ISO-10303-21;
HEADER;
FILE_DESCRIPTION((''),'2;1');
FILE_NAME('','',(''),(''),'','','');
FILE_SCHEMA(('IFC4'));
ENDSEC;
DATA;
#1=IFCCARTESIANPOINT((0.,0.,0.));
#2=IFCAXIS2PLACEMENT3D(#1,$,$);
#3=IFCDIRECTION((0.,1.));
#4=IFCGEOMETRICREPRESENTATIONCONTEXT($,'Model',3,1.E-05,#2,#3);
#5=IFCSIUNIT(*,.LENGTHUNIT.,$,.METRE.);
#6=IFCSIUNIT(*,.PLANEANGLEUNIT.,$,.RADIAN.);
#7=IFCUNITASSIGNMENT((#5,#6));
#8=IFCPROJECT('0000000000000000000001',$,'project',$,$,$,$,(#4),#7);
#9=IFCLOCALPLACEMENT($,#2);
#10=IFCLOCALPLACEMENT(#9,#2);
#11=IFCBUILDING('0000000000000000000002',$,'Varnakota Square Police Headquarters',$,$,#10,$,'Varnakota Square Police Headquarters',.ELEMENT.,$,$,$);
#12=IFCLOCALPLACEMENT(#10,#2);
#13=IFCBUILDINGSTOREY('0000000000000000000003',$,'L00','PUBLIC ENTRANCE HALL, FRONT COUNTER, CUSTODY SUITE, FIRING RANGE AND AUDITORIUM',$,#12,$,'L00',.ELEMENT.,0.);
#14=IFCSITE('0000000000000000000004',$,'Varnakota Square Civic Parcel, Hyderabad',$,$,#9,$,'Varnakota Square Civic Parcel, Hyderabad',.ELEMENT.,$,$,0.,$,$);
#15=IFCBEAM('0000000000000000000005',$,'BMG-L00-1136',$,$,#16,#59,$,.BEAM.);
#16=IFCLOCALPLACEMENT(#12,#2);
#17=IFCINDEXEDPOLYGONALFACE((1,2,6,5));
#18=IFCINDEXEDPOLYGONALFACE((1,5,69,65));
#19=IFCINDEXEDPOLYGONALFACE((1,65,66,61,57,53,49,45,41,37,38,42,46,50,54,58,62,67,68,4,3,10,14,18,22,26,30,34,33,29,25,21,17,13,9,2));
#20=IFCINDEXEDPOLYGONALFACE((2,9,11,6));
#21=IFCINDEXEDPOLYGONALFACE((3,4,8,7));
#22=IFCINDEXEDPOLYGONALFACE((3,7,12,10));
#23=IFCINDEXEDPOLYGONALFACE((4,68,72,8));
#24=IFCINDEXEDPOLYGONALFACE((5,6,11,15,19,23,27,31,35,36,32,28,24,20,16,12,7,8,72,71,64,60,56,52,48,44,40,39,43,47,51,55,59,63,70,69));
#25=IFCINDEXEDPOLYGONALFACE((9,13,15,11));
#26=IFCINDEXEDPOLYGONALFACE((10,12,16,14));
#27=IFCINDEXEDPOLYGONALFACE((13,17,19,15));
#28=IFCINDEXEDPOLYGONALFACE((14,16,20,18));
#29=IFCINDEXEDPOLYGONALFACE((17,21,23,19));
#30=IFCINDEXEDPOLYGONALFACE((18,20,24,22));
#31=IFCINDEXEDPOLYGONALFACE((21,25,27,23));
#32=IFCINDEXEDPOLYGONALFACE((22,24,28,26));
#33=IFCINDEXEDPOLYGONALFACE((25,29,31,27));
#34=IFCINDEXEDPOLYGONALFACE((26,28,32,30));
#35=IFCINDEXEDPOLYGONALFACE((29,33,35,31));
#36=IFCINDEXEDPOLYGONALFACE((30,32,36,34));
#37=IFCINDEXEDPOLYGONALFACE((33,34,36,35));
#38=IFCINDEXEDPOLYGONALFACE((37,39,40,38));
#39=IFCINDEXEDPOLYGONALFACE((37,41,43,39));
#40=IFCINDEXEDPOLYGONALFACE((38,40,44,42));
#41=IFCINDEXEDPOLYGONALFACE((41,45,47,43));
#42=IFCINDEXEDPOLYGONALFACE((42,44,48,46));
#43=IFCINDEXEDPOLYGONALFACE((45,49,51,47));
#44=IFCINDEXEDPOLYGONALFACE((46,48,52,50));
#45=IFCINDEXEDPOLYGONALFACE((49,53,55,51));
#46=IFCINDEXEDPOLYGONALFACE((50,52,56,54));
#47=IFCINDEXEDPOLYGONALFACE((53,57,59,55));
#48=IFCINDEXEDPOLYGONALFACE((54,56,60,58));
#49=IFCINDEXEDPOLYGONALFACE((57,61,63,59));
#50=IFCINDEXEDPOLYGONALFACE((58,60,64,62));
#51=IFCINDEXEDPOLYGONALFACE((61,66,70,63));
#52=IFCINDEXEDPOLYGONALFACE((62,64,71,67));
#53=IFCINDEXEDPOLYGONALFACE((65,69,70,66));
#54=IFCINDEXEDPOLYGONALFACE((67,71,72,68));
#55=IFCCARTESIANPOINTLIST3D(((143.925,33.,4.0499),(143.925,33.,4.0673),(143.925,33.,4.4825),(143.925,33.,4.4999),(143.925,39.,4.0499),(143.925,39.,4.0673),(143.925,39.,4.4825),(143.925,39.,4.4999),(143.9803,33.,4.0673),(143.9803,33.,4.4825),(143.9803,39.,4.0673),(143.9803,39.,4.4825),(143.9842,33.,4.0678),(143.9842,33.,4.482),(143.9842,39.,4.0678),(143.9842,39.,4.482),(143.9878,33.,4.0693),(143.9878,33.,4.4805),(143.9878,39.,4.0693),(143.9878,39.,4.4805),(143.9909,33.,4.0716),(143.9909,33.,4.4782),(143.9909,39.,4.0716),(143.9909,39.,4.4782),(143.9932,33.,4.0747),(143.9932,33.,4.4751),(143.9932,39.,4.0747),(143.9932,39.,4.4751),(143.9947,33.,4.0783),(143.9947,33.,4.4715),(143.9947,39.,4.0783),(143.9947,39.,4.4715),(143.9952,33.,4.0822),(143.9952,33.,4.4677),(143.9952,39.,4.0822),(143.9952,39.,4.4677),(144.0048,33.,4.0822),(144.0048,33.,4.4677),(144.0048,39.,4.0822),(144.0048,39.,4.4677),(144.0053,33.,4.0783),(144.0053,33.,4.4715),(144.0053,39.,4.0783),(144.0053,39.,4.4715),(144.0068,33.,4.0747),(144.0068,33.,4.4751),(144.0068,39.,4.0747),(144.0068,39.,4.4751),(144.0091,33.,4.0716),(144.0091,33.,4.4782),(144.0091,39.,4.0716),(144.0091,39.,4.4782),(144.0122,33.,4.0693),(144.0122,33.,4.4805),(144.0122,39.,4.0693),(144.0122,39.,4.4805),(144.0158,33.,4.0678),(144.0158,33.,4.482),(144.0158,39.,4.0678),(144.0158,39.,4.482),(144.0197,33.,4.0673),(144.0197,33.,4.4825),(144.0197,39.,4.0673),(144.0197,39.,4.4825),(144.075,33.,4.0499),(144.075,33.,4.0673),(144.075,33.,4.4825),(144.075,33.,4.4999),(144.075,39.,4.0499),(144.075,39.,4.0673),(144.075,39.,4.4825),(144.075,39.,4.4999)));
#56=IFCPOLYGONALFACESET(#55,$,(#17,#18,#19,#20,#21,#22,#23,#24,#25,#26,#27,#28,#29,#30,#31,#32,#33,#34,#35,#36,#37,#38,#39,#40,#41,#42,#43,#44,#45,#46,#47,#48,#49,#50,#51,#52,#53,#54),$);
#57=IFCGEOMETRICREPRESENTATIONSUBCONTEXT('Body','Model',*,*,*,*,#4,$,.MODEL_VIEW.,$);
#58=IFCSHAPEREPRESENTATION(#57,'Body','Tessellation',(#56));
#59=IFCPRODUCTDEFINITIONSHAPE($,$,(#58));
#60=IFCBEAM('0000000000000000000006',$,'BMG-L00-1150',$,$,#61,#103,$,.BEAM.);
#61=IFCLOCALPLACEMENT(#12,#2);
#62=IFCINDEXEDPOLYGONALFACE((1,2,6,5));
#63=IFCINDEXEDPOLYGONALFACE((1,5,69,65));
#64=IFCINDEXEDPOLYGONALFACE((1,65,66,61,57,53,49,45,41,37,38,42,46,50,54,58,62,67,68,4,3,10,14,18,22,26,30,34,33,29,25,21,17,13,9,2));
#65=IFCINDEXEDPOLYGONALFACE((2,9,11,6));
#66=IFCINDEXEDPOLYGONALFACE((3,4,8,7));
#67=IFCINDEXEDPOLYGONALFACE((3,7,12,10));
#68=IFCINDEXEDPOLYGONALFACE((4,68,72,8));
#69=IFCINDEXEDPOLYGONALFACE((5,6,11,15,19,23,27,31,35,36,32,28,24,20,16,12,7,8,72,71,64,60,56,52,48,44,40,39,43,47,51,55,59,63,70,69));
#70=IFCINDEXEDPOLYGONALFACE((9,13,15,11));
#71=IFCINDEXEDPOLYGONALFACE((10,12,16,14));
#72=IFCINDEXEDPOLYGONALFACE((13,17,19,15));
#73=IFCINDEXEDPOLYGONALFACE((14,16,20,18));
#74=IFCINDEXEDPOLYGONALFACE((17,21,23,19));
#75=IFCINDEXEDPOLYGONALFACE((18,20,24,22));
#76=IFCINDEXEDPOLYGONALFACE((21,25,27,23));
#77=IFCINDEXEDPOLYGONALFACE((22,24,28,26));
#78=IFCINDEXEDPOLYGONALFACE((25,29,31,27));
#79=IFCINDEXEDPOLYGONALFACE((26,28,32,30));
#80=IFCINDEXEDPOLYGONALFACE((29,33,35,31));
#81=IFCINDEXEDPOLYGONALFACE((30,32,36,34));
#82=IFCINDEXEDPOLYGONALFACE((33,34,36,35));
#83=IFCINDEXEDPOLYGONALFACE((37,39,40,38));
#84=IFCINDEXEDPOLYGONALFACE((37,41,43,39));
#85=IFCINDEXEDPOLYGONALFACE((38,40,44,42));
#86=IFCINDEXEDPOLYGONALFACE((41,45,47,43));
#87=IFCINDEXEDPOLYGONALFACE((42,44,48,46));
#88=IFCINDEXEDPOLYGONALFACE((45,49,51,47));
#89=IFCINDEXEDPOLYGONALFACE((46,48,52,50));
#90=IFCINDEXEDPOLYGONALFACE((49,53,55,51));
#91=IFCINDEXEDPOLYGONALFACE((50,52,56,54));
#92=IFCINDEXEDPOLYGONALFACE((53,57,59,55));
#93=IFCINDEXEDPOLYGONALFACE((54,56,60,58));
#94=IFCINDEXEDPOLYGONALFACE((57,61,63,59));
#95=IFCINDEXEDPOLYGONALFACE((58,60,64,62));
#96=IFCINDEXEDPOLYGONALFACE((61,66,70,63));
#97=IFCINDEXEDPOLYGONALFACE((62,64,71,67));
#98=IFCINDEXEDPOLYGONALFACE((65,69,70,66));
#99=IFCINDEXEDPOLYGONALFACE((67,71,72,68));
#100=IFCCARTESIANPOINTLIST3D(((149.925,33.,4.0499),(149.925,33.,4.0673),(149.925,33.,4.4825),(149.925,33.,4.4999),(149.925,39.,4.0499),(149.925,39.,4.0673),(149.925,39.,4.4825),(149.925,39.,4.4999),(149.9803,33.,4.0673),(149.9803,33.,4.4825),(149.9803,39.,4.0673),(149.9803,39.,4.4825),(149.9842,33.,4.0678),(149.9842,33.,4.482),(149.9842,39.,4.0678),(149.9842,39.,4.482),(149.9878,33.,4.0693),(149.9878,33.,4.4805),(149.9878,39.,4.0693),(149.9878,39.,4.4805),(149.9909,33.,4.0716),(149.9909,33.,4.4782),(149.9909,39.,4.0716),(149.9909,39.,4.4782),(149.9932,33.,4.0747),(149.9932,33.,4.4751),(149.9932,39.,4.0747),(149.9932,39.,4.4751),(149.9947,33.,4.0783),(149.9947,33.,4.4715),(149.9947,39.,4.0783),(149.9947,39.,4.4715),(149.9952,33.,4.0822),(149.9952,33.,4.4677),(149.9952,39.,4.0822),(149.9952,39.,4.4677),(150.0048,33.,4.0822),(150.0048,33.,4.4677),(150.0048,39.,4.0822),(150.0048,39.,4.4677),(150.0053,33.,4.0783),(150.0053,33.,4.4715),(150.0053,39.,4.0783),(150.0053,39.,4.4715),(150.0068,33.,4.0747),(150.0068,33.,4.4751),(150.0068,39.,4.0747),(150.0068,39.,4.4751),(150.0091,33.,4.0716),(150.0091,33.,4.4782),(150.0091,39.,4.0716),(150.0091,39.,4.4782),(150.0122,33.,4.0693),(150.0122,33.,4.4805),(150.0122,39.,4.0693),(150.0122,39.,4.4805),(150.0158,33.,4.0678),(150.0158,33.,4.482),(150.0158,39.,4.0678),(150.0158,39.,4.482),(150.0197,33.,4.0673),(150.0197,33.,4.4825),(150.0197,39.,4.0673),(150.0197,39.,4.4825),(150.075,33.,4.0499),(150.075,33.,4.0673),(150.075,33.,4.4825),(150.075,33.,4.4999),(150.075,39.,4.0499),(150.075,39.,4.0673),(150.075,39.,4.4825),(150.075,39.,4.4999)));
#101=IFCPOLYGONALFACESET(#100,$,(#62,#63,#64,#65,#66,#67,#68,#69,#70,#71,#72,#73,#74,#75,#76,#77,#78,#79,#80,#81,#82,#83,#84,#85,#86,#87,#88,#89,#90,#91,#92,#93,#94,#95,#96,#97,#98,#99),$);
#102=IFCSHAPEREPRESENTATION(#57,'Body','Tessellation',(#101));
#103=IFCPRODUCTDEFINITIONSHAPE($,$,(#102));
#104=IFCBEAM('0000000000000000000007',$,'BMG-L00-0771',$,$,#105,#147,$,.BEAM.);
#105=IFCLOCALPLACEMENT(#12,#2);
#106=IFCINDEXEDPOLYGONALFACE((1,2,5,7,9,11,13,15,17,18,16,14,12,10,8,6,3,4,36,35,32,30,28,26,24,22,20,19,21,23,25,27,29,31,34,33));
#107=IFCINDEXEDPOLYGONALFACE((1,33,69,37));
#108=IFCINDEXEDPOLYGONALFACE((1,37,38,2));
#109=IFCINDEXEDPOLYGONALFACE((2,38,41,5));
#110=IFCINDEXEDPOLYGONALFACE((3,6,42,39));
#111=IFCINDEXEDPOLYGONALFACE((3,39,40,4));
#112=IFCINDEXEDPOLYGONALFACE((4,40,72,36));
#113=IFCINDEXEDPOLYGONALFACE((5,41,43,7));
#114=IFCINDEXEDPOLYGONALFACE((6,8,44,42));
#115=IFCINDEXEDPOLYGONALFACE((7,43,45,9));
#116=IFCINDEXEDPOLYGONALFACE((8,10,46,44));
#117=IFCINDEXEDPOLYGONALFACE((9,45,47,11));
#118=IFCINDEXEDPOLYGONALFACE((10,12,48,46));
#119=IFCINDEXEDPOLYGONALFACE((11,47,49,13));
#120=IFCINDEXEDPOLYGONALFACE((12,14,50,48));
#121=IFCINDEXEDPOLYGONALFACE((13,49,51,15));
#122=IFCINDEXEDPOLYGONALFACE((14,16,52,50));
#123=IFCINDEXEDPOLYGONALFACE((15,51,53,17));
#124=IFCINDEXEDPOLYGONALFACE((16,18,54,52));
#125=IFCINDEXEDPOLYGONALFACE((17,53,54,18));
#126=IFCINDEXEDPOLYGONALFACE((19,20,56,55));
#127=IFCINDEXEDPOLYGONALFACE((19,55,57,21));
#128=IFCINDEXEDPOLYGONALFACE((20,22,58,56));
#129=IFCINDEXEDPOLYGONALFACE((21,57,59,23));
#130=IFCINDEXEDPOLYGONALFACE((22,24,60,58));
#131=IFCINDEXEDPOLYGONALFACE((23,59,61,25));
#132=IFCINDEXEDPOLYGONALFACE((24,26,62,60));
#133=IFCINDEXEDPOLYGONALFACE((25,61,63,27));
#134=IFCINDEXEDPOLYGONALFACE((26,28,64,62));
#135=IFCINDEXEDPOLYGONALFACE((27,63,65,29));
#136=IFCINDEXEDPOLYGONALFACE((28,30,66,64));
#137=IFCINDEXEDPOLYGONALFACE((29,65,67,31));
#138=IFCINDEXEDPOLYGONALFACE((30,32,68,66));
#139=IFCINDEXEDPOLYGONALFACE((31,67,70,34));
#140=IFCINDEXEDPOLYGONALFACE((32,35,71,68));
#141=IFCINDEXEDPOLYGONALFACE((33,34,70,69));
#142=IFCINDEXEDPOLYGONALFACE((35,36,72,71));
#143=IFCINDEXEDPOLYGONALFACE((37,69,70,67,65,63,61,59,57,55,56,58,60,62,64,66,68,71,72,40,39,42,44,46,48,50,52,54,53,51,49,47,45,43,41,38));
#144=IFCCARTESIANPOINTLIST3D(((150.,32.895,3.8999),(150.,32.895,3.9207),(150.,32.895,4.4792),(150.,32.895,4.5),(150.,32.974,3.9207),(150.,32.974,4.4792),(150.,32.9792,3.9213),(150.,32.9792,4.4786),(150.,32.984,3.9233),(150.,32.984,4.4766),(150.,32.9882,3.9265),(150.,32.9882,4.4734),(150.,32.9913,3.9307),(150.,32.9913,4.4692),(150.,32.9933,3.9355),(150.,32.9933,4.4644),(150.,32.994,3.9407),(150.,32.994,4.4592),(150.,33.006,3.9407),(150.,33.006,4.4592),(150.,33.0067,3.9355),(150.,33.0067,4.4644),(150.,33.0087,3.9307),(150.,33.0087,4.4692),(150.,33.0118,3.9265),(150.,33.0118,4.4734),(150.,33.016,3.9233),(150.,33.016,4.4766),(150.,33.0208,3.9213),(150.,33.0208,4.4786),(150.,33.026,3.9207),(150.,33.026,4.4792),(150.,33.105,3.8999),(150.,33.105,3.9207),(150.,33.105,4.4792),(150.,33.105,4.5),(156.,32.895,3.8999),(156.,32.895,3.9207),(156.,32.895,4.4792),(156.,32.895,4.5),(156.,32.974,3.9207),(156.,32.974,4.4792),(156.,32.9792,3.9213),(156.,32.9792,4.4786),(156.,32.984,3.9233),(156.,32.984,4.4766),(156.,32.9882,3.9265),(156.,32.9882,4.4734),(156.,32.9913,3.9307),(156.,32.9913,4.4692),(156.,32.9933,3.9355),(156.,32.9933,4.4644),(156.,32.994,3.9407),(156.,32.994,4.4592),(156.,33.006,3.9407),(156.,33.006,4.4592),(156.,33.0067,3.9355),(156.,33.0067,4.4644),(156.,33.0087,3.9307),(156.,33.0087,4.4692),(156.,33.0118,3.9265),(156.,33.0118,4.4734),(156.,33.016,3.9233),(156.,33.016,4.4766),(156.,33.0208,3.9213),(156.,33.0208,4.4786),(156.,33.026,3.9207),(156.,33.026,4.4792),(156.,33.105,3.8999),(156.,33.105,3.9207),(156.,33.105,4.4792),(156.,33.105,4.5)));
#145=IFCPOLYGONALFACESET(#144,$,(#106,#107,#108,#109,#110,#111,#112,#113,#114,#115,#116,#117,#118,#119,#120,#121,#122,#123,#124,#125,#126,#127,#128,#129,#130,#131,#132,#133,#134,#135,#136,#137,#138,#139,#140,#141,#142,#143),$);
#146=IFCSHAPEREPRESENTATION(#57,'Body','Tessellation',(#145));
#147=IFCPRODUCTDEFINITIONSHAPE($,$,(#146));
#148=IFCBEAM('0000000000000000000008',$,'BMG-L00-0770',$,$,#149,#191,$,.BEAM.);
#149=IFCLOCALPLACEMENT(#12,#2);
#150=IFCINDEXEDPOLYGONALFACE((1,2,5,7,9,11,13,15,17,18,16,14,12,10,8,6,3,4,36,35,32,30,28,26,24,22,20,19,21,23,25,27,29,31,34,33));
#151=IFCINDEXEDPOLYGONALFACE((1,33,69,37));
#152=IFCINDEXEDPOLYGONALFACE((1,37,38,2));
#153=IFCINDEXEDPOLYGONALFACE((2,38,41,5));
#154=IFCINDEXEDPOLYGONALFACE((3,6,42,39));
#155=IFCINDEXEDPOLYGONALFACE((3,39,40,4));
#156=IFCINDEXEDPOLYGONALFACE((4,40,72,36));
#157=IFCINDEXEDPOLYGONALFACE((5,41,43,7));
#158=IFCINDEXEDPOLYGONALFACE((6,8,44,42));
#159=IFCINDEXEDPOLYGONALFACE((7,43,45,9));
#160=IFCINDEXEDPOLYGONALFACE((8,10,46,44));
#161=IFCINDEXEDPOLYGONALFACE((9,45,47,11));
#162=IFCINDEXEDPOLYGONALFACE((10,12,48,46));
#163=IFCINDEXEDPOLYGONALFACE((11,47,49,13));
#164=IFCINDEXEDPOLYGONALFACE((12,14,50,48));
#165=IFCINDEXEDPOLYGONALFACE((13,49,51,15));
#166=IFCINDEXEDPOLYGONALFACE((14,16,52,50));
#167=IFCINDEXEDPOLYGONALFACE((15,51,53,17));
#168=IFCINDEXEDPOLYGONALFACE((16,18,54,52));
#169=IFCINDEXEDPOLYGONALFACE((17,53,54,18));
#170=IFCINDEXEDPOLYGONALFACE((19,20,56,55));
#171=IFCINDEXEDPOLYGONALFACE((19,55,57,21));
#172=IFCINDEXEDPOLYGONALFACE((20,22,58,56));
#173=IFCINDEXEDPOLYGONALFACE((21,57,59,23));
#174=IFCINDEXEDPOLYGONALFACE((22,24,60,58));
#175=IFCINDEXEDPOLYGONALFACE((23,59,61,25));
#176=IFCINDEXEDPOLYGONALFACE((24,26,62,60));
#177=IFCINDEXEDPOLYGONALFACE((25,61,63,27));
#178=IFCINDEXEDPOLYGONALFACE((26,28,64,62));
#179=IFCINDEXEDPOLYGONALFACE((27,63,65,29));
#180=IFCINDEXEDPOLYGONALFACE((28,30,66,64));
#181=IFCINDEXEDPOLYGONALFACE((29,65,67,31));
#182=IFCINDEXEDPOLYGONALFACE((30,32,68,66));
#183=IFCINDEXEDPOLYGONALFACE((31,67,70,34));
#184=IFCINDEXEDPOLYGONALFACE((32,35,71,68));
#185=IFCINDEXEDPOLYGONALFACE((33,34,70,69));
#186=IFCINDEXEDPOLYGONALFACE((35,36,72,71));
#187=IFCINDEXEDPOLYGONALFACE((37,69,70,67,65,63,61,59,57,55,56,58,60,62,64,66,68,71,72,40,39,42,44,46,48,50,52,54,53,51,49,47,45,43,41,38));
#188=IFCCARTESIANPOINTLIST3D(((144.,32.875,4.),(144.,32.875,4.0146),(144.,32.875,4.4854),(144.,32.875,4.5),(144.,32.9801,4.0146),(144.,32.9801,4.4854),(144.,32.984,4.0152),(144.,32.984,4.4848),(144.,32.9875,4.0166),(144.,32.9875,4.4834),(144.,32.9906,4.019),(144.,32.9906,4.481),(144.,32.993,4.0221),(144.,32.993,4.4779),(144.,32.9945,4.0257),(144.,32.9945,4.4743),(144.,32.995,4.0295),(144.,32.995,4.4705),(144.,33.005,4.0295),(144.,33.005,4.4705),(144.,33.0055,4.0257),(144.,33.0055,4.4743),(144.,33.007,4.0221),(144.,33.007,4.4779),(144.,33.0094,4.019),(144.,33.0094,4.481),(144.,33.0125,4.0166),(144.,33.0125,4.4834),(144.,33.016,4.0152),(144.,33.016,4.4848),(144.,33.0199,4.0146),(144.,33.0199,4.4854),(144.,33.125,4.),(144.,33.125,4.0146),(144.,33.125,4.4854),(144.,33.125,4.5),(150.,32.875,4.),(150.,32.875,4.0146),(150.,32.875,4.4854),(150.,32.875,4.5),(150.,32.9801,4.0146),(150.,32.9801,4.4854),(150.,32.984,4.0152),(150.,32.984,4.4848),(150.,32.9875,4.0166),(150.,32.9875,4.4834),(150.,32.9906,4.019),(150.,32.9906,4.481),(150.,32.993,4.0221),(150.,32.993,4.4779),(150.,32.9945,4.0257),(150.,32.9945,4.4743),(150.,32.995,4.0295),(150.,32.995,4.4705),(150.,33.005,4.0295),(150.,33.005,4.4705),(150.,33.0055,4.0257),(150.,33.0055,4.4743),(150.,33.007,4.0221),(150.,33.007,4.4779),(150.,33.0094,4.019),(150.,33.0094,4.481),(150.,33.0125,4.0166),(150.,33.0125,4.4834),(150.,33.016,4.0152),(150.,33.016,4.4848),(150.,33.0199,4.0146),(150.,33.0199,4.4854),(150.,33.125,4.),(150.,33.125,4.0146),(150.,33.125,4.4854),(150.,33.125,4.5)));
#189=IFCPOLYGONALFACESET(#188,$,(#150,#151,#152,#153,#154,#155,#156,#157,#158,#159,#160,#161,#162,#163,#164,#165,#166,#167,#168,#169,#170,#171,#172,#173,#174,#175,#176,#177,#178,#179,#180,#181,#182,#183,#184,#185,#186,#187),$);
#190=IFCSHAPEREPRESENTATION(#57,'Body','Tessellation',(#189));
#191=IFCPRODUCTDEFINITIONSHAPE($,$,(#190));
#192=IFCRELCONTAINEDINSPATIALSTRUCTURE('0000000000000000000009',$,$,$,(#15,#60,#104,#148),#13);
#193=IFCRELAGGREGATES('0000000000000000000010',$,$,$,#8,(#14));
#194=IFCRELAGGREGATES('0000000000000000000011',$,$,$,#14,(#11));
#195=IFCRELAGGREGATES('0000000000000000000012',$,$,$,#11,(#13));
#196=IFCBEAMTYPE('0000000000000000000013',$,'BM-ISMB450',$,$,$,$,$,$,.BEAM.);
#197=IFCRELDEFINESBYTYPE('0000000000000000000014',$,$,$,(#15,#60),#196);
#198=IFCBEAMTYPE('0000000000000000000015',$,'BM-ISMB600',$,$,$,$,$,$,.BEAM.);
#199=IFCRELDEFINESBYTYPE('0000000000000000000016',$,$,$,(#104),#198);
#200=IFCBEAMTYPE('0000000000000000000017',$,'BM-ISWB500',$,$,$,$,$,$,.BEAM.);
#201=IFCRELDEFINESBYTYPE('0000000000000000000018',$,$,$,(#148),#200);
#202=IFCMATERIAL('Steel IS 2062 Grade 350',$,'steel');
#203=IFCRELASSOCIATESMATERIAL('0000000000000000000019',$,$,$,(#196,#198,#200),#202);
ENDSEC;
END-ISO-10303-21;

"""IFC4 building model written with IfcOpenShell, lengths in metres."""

from ifc_helpers import new_model, si_unit, direction, frame, origin, origin_2d, place, context, subcontext, project, spatial, i_section, extrude, material, material_profile, profile_set, type_object, element, save


model = new_model("IFC4")

# Units and contexts
model_context = context("Model", 3, precision=1e-05, world=origin(), true_north=direction((0.0, 1.0)))
body_context = subcontext(model_context, "Body", "Model", "MODEL_VIEW")
ifc_project = project(units=[si_unit("LENGTHUNIT", "METRE"), si_unit("PLANEANGLEUNIT", "RADIAN")], contexts=[model_context])

# Site, building, storey
site_placement = place(None, origin())
site = spatial("IfcSite", under=ifc_project, at=site_placement, Name="Varnakota Square Civic Parcel, Hyderabad", LongName="Varnakota Square Civic Parcel, Hyderabad", CompositionType="ELEMENT", RefElevation=0.0)
building_placement = place(site_placement, origin())
building = spatial("IfcBuilding", under=site, at=building_placement, Name="Varnakota Square Police Headquarters", LongName="Varnakota Square Police Headquarters", CompositionType="ELEMENT")
storey_placement = place(building_placement, origin())
storey = spatial("IfcBuildingStorey", under=building, at=storey_placement, Name="L00", Description="PUBLIC ENTRANCE HALL, FRONT COUNTER, CUSTODY SUITE, FIRING RANGE AND AUDITORIUM", LongName="L00", CompositionType="ELEMENT", Elevation=0.0)

# Beams
ifc_material_1 = material(Name="Steel IS 2062 Grade 350", Category="steel")
ifc_material_profile_1 = material_profile(ifc_material_1, i_section(OverallWidth=0.1499, OverallDepth=0.45, WebThickness=0.0095, FlangeThickness=0.0173, FilletRadius=0.0149, at=origin_2d()), Name="ISMB 450")
ifc_profile_set_1 = profile_set([ifc_material_profile_1], Name="Steel IS 2062 Grade 350")
beam_type_1 = type_object("IfcBeamType", Name="BM-ISMB450", PredefinedType="BEAM", material=ifc_profile_set_1)
for number, where, z_axis, x_axis, name in (
    (1, (144.0, 33.0, 4.2749), (0.0, 1.0, 0.0), (-1.0, 0.0, 0.0), "BMG-L00-1136"),
    (2, (150.0, 33.0, 4.2749), (0.0, 1.0, 0.0), (-1.0, 0.0, 0.0), "BMG-L00-1150"),
):
    element("IfcBeam", number, at=place(storey_placement, frame(where, z_axis=z_axis, x_axis=x_axis)), inside=storey, type_object=beam_type_1, Name=name, PredefinedType="BEAM", context=body_context, shape_type="SweptSolid", body=[
        extrude(i_section(OverallWidth=0.1499, OverallDepth=0.45, WebThickness=0.0095, FlangeThickness=0.0173, FilletRadius=0.0149, at=origin_2d()), origin(), (0.0, 0.0, 1.0), 6.0),
    ])
ifc_material_profile_2 = material_profile(ifc_material_1, i_section(OverallWidth=0.21, OverallDepth=0.6001, WebThickness=0.012, FlangeThickness=0.0208, FilletRadius=0.02, at=origin_2d()), Name="ISMB 600")
ifc_profile_set_2 = profile_set([ifc_material_profile_2], Name="Steel IS 2062 Grade 350")
beam_type_2 = type_object("IfcBeamType", Name="BM-ISMB600", PredefinedType="BEAM", material=ifc_profile_set_2)
beam_1_placement = place(storey_placement, frame((150.0, 33.0, 4.2), z_axis=(1.0, 0.0, 0.0), x_axis=(0.0, 1.0, 0.0)))
element("IfcBeam", 3, at=beam_1_placement, inside=storey, type_object=beam_type_2, Name="BMG-L00-0771", PredefinedType="BEAM", context=body_context, shape_type="SweptSolid", body=[
    extrude(i_section(OverallWidth=0.21, OverallDepth=0.6001, WebThickness=0.012, FlangeThickness=0.0208, FilletRadius=0.02, at=origin_2d()), origin(), (0.0, 0.0, 1.0), 6.0),
])
ifc_material_profile_3 = material_profile(ifc_material_1, i_section(OverallWidth=0.25, OverallDepth=0.5, WebThickness=0.01, FlangeThickness=0.0146, FilletRadius=0.0149, at=origin_2d()), Name="ISWB 500")
ifc_profile_set_3 = profile_set([ifc_material_profile_3], Name="Steel IS 2062 Grade 350")
beam_type_3 = type_object("IfcBeamType", Name="BM-ISWB500", PredefinedType="BEAM", material=ifc_profile_set_3)
beam_2_placement = place(storey_placement, frame((144.0, 33.0, 4.25), z_axis=(1.0, 0.0, 0.0), x_axis=(0.0, 1.0, 0.0)))
element("IfcBeam", 4, at=beam_2_placement, inside=storey, type_object=beam_type_3, Name="BMG-L00-0770", PredefinedType="BEAM", context=body_context, shape_type="SweptSolid", body=[
    extrude(i_section(OverallWidth=0.25, OverallDepth=0.5, WebThickness=0.01, FlangeThickness=0.0146, FilletRadius=0.0149, at=origin_2d()), origin(), (0.0, 0.0, 1.0), 6.0),
])

save(model, "model.ifc")
